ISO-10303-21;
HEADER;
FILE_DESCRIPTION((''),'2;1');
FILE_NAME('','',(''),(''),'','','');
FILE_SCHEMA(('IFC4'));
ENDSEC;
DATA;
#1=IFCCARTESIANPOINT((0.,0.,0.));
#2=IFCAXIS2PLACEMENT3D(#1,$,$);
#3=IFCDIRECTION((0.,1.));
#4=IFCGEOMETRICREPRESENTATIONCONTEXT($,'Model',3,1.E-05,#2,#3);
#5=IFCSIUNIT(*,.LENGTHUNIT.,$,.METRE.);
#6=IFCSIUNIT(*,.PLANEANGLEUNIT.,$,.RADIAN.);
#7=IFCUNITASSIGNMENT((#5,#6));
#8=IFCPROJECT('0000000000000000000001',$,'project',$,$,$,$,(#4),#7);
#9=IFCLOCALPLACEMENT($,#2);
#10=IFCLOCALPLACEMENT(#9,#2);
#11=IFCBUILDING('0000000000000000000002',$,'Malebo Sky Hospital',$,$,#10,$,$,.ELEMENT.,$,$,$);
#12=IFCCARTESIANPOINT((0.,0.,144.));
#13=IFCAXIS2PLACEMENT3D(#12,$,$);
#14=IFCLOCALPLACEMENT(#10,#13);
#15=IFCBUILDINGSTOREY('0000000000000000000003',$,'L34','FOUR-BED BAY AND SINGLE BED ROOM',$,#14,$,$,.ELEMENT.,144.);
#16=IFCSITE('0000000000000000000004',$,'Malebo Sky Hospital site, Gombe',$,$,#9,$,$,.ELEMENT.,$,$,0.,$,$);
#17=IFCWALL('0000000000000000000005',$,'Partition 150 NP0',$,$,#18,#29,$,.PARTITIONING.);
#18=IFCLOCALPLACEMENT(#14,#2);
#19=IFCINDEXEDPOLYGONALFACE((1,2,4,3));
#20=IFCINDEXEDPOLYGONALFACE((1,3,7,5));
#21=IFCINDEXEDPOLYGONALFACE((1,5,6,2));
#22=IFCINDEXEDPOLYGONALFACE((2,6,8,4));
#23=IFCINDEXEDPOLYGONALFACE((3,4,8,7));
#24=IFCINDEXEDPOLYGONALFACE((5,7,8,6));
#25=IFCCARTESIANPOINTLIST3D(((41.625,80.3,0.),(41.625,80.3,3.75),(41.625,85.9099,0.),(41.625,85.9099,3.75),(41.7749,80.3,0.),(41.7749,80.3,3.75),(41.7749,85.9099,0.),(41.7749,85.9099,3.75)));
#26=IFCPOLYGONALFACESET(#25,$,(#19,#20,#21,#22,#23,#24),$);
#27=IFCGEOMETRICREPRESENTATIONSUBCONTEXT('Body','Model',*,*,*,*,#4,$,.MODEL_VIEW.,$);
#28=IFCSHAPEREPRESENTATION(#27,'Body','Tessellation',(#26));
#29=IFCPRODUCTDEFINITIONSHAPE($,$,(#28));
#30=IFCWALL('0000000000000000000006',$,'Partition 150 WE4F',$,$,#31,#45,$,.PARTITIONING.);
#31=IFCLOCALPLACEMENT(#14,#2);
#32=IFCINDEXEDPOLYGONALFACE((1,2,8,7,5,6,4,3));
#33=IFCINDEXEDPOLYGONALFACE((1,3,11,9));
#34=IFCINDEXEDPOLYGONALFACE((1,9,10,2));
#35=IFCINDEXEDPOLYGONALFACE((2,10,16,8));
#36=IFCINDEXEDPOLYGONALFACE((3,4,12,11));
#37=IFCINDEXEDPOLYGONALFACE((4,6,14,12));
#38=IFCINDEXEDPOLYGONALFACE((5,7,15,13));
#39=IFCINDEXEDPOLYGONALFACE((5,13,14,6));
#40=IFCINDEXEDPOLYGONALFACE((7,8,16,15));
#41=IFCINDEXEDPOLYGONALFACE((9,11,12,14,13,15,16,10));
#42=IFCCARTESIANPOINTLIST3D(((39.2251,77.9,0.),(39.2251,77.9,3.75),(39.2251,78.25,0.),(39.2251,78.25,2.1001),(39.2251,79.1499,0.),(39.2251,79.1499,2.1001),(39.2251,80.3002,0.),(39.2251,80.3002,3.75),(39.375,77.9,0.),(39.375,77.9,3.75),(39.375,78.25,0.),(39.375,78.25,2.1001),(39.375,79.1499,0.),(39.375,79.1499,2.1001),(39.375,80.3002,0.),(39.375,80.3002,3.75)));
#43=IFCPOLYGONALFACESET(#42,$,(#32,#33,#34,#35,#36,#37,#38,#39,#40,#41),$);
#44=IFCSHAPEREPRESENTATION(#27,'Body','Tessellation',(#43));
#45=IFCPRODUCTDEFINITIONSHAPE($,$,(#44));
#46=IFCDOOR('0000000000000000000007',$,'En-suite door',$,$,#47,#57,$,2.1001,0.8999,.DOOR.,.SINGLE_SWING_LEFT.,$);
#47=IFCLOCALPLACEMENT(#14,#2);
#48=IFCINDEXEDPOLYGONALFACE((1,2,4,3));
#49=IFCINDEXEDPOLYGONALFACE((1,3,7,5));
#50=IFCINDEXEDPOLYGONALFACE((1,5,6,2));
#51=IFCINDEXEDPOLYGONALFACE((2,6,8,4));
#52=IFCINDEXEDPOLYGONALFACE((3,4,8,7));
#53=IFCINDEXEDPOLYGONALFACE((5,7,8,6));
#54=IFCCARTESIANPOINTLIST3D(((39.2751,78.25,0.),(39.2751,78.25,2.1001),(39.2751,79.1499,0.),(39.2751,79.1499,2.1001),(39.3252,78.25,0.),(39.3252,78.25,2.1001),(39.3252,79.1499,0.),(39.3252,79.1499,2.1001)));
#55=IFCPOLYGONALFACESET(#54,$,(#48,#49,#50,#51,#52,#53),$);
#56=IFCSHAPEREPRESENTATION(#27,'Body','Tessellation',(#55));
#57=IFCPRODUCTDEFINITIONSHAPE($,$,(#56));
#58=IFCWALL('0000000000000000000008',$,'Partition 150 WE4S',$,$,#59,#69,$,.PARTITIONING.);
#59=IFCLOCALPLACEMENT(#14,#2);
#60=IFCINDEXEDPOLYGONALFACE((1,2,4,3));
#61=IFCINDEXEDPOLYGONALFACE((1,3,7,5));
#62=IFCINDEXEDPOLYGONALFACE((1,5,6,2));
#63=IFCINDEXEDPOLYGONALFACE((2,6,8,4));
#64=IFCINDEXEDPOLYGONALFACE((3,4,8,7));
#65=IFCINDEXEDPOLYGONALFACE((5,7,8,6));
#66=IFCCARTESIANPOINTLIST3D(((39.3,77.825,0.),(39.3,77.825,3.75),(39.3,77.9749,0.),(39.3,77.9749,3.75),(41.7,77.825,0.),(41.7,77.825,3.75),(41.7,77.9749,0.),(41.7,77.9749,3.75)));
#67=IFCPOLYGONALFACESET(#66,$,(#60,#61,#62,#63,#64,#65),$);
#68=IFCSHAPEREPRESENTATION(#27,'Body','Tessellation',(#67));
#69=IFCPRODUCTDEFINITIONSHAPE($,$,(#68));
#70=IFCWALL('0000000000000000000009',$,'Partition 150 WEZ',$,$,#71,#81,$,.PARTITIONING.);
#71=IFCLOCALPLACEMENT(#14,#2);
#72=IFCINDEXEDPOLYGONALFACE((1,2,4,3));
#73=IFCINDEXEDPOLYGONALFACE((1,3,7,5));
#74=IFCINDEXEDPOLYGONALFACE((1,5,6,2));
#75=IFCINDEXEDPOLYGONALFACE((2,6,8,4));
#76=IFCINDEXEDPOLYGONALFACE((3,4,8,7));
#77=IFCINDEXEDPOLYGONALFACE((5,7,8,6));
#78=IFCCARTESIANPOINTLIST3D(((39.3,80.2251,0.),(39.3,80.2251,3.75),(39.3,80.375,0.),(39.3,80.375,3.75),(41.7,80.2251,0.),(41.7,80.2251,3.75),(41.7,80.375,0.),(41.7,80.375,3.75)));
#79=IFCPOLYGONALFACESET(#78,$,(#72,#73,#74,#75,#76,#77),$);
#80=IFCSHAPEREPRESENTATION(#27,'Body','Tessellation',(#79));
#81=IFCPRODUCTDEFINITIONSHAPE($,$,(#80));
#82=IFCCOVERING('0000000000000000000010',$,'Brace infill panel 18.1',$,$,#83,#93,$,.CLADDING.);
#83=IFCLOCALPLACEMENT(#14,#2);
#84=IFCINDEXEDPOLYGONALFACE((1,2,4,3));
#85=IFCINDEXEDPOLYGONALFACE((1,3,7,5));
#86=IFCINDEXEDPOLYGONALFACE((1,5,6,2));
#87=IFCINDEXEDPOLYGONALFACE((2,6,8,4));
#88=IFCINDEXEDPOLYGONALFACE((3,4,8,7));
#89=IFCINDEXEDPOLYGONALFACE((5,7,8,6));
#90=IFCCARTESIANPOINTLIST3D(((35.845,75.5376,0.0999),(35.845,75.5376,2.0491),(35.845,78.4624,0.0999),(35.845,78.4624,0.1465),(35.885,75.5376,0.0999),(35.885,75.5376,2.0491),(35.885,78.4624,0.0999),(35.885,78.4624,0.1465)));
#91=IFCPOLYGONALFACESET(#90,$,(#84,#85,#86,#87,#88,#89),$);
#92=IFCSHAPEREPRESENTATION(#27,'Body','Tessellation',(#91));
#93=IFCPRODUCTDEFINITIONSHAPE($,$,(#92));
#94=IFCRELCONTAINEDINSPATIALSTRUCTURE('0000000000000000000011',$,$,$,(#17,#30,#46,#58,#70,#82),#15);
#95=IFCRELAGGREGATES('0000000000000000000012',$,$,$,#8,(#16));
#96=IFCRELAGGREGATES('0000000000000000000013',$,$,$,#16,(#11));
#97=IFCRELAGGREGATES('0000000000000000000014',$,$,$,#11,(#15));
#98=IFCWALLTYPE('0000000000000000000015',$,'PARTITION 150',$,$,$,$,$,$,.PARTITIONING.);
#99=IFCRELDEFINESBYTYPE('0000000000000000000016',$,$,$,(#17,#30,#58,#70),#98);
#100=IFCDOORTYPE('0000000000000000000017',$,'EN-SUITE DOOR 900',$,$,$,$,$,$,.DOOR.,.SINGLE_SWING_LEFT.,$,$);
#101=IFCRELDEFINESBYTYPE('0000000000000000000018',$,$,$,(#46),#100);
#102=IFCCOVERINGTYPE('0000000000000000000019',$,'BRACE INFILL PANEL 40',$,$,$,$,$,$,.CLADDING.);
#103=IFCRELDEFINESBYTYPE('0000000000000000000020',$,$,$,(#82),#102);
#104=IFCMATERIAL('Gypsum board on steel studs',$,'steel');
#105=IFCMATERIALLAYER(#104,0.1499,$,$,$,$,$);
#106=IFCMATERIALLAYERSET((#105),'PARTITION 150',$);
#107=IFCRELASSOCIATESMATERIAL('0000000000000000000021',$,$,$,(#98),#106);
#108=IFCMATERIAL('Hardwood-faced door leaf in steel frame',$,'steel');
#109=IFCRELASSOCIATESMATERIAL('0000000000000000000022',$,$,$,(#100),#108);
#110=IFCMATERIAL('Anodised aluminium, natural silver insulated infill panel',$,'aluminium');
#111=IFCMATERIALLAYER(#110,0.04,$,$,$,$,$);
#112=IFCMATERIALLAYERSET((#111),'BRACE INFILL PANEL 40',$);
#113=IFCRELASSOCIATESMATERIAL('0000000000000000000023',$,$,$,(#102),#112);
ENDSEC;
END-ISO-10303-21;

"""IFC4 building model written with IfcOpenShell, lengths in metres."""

from ifc_helpers import new_model, si_unit, direction, frame, frame_2d, origin, place, context, subcontext, project, spatial, polyline, rectangle, outline, extrude, material, layer, layer_set, type_object, element, fill, save


model = new_model("IFC4")

# Units and contexts
model_context = context("Model", 3, precision=1e-05, world=origin(), true_north=direction((0.0, 1.0)))
body_context = subcontext(model_context, "Body", "Model", "MODEL_VIEW")
ifc_project = project(units=[si_unit("LENGTHUNIT", "METRE"), si_unit("PLANEANGLEUNIT", "RADIAN")], contexts=[model_context])

# Site, building, storey
site_placement = place(None, origin())
site = spatial("IfcSite", under=ifc_project, at=site_placement, Name="Malebo Sky Hospital site, Gombe", CompositionType="ELEMENT", RefElevation=0.0)
building_placement = place(site_placement, origin())
building = spatial("IfcBuilding", under=site, at=building_placement, Name="Malebo Sky Hospital", CompositionType="ELEMENT")
storey_placement = place(building_placement, frame((0.0, 0.0, 144.0)))
storey = spatial("IfcBuildingStorey", under=building, at=storey_placement, Name="L34", Description="FOUR-BED BAY AND SINGLE BED ROOM", CompositionType="ELEMENT", Elevation=144.0)

# Shared definitions
ifc_material_1 = material(Name="Gypsum board on steel studs", Category="steel")
ifc_material_2 = material(Name="Hardwood-faced door leaf in steel frame", Category="steel")

# Wall
ifc_layer_1 = layer(ifc_material_1, 0.1499)
ifc_layer_set_1 = layer_set([ifc_layer_1], Name="PARTITION 150")
wall_type_1 = type_object("IfcWallType", Name="PARTITION 150", PredefinedType="PARTITIONING", material=ifc_layer_set_1)
wall_1_placement = place(storey_placement, frame((41.7, 80.3, 0.0), z_axis=(0.0, 0.0, 1.0), x_axis=(0.0, 1.0, 0.0)))
element("IfcWall", 1, at=wall_1_placement, inside=storey, type_object=wall_type_1, Name="Partition 150 NP0", PredefinedType="PARTITIONING", context=body_context, shape_type="SweptSolid", body=[
    extrude(rectangle(XDim=5.6099, YDim=0.1499, at=frame_2d((2.8049, 0.0))), origin(), (0.0, 0.0, 1.0), 3.75),
])

# Wall, opening, door
wall_2_placement = place(storey_placement, frame((39.3, 77.8999, 0.0), z_axis=(0.0, 0.0, 1.0), x_axis=(0.0, 1.0, 0.0)))
wall_2 = element("IfcWall", 2, at=wall_2_placement, inside=storey, type_object=wall_type_1, Name="Partition 150 WE4F", PredefinedType="PARTITIONING", context=body_context, shape_type="SweptSolid", body=[
    extrude(rectangle(XDim=2.4001, YDim=0.1499, at=frame_2d((1.2002, 0.0))), origin(), (0.0, 0.0, 1.0), 3.75),
])
opening_1_placement = place(wall_2_placement, frame((0.3501, 0.0, 0.0)))
opening_1 = element("IfcOpeningElement", 3, at=opening_1_placement, cuts=wall_2, PredefinedType="OPENING", context=body_context, shape_type="SweptSolid", body=[
    extrude(rectangle(XDim=0.8999, YDim=2.1001, at=frame_2d((0.45, 1.05))), frame((0.0, 0.085, 0.0), z_axis=(0.0, -1.0, 0.0), x_axis=(1.0, 0.0, 0.0)), (0.0, 0.0, 1.0), 0.1699),
])
door_type_1 = type_object("IfcDoorType", Name="EN-SUITE DOOR 900", OperationType="SINGLE_SWING_LEFT", PredefinedType="DOOR", material=ifc_material_2)
door_1_placement = place(opening_1_placement, origin())
door_1 = element("IfcDoor", 4, at=door_1_placement, inside=storey, type_object=door_type_1, Name="En-suite door", OperationType="SINGLE_SWING_LEFT", OverallHeight=2.1001, OverallWidth=0.8999, PredefinedType="DOOR", context=body_context, shape_type="SweptSolid", body=[
    extrude(rectangle(XDim=0.8999, YDim=2.1001, at=frame_2d((0.45, 1.05))), frame((0.0, 0.0249, 0.0), z_axis=(0.0, -1.0, 0.0), x_axis=(1.0, 0.0, 0.0)), (0.0, 0.0, 1.0), 0.05),
])
fill(opening_1, door_1)

# Walls
for number, where, z_axis, x_axis, name in (
    (5, (41.7, 77.8999, 0.0), (0.0, 0.0, 1.0), (-1.0, 0.0, 0.0), "Partition 150 WE4S"),
    (6, (41.7, 80.3, 0.0), (0.0, 0.0, 1.0), (-1.0, 0.0, 0.0), "Partition 150 WEZ"),
):
    element("IfcWall", number, at=place(storey_placement, frame(where, z_axis=z_axis, x_axis=x_axis)), inside=storey, type_object=wall_type_1, Name=name, PredefinedType="PARTITIONING", context=body_context, shape_type="SweptSolid", body=[
        extrude(rectangle(XDim=2.3999, YDim=0.1499, at=frame_2d((1.2, 0.0))), origin(), (0.0, 0.0, 1.0), 3.75),
    ])

# Covering
ifc_material_3 = material(Name="Anodised aluminium, natural silver insulated infill panel", Category="aluminium")
ifc_layer_2 = layer(ifc_material_3, 0.04)
ifc_layer_set_2 = layer_set([ifc_layer_2], Name="BRACE INFILL PANEL 40")
covering_type = type_object("IfcCoveringType", Name="BRACE INFILL PANEL 40", PredefinedType="CLADDING", material=ifc_layer_set_2)
covering_placement = place(storey_placement, frame((35.865, 77.0, 0.0999), z_axis=(0.0, 0.0, 1.0), x_axis=(0.0, 1.0, 0.0)))
element("IfcCovering", 7, at=covering_placement, inside=storey, type_object=covering_type, Name="Brace infill panel 18.1", PredefinedType="CLADDING", context=body_context, shape_type="SweptSolid", body=[
    extrude(outline(polyline([(-1.4624, 0.0), (1.4624, 0.0), (1.4624, 0.0466), (-1.4624, 1.9492), (-1.4624, 0.0)])), frame((0.0, 0.02, 0.0), z_axis=(0.0, -1.0, 0.0), x_axis=(1.0, 0.0, 0.0)), (0.0, 0.0, 1.0), 0.04),
])

save(model, "model.ifc")
